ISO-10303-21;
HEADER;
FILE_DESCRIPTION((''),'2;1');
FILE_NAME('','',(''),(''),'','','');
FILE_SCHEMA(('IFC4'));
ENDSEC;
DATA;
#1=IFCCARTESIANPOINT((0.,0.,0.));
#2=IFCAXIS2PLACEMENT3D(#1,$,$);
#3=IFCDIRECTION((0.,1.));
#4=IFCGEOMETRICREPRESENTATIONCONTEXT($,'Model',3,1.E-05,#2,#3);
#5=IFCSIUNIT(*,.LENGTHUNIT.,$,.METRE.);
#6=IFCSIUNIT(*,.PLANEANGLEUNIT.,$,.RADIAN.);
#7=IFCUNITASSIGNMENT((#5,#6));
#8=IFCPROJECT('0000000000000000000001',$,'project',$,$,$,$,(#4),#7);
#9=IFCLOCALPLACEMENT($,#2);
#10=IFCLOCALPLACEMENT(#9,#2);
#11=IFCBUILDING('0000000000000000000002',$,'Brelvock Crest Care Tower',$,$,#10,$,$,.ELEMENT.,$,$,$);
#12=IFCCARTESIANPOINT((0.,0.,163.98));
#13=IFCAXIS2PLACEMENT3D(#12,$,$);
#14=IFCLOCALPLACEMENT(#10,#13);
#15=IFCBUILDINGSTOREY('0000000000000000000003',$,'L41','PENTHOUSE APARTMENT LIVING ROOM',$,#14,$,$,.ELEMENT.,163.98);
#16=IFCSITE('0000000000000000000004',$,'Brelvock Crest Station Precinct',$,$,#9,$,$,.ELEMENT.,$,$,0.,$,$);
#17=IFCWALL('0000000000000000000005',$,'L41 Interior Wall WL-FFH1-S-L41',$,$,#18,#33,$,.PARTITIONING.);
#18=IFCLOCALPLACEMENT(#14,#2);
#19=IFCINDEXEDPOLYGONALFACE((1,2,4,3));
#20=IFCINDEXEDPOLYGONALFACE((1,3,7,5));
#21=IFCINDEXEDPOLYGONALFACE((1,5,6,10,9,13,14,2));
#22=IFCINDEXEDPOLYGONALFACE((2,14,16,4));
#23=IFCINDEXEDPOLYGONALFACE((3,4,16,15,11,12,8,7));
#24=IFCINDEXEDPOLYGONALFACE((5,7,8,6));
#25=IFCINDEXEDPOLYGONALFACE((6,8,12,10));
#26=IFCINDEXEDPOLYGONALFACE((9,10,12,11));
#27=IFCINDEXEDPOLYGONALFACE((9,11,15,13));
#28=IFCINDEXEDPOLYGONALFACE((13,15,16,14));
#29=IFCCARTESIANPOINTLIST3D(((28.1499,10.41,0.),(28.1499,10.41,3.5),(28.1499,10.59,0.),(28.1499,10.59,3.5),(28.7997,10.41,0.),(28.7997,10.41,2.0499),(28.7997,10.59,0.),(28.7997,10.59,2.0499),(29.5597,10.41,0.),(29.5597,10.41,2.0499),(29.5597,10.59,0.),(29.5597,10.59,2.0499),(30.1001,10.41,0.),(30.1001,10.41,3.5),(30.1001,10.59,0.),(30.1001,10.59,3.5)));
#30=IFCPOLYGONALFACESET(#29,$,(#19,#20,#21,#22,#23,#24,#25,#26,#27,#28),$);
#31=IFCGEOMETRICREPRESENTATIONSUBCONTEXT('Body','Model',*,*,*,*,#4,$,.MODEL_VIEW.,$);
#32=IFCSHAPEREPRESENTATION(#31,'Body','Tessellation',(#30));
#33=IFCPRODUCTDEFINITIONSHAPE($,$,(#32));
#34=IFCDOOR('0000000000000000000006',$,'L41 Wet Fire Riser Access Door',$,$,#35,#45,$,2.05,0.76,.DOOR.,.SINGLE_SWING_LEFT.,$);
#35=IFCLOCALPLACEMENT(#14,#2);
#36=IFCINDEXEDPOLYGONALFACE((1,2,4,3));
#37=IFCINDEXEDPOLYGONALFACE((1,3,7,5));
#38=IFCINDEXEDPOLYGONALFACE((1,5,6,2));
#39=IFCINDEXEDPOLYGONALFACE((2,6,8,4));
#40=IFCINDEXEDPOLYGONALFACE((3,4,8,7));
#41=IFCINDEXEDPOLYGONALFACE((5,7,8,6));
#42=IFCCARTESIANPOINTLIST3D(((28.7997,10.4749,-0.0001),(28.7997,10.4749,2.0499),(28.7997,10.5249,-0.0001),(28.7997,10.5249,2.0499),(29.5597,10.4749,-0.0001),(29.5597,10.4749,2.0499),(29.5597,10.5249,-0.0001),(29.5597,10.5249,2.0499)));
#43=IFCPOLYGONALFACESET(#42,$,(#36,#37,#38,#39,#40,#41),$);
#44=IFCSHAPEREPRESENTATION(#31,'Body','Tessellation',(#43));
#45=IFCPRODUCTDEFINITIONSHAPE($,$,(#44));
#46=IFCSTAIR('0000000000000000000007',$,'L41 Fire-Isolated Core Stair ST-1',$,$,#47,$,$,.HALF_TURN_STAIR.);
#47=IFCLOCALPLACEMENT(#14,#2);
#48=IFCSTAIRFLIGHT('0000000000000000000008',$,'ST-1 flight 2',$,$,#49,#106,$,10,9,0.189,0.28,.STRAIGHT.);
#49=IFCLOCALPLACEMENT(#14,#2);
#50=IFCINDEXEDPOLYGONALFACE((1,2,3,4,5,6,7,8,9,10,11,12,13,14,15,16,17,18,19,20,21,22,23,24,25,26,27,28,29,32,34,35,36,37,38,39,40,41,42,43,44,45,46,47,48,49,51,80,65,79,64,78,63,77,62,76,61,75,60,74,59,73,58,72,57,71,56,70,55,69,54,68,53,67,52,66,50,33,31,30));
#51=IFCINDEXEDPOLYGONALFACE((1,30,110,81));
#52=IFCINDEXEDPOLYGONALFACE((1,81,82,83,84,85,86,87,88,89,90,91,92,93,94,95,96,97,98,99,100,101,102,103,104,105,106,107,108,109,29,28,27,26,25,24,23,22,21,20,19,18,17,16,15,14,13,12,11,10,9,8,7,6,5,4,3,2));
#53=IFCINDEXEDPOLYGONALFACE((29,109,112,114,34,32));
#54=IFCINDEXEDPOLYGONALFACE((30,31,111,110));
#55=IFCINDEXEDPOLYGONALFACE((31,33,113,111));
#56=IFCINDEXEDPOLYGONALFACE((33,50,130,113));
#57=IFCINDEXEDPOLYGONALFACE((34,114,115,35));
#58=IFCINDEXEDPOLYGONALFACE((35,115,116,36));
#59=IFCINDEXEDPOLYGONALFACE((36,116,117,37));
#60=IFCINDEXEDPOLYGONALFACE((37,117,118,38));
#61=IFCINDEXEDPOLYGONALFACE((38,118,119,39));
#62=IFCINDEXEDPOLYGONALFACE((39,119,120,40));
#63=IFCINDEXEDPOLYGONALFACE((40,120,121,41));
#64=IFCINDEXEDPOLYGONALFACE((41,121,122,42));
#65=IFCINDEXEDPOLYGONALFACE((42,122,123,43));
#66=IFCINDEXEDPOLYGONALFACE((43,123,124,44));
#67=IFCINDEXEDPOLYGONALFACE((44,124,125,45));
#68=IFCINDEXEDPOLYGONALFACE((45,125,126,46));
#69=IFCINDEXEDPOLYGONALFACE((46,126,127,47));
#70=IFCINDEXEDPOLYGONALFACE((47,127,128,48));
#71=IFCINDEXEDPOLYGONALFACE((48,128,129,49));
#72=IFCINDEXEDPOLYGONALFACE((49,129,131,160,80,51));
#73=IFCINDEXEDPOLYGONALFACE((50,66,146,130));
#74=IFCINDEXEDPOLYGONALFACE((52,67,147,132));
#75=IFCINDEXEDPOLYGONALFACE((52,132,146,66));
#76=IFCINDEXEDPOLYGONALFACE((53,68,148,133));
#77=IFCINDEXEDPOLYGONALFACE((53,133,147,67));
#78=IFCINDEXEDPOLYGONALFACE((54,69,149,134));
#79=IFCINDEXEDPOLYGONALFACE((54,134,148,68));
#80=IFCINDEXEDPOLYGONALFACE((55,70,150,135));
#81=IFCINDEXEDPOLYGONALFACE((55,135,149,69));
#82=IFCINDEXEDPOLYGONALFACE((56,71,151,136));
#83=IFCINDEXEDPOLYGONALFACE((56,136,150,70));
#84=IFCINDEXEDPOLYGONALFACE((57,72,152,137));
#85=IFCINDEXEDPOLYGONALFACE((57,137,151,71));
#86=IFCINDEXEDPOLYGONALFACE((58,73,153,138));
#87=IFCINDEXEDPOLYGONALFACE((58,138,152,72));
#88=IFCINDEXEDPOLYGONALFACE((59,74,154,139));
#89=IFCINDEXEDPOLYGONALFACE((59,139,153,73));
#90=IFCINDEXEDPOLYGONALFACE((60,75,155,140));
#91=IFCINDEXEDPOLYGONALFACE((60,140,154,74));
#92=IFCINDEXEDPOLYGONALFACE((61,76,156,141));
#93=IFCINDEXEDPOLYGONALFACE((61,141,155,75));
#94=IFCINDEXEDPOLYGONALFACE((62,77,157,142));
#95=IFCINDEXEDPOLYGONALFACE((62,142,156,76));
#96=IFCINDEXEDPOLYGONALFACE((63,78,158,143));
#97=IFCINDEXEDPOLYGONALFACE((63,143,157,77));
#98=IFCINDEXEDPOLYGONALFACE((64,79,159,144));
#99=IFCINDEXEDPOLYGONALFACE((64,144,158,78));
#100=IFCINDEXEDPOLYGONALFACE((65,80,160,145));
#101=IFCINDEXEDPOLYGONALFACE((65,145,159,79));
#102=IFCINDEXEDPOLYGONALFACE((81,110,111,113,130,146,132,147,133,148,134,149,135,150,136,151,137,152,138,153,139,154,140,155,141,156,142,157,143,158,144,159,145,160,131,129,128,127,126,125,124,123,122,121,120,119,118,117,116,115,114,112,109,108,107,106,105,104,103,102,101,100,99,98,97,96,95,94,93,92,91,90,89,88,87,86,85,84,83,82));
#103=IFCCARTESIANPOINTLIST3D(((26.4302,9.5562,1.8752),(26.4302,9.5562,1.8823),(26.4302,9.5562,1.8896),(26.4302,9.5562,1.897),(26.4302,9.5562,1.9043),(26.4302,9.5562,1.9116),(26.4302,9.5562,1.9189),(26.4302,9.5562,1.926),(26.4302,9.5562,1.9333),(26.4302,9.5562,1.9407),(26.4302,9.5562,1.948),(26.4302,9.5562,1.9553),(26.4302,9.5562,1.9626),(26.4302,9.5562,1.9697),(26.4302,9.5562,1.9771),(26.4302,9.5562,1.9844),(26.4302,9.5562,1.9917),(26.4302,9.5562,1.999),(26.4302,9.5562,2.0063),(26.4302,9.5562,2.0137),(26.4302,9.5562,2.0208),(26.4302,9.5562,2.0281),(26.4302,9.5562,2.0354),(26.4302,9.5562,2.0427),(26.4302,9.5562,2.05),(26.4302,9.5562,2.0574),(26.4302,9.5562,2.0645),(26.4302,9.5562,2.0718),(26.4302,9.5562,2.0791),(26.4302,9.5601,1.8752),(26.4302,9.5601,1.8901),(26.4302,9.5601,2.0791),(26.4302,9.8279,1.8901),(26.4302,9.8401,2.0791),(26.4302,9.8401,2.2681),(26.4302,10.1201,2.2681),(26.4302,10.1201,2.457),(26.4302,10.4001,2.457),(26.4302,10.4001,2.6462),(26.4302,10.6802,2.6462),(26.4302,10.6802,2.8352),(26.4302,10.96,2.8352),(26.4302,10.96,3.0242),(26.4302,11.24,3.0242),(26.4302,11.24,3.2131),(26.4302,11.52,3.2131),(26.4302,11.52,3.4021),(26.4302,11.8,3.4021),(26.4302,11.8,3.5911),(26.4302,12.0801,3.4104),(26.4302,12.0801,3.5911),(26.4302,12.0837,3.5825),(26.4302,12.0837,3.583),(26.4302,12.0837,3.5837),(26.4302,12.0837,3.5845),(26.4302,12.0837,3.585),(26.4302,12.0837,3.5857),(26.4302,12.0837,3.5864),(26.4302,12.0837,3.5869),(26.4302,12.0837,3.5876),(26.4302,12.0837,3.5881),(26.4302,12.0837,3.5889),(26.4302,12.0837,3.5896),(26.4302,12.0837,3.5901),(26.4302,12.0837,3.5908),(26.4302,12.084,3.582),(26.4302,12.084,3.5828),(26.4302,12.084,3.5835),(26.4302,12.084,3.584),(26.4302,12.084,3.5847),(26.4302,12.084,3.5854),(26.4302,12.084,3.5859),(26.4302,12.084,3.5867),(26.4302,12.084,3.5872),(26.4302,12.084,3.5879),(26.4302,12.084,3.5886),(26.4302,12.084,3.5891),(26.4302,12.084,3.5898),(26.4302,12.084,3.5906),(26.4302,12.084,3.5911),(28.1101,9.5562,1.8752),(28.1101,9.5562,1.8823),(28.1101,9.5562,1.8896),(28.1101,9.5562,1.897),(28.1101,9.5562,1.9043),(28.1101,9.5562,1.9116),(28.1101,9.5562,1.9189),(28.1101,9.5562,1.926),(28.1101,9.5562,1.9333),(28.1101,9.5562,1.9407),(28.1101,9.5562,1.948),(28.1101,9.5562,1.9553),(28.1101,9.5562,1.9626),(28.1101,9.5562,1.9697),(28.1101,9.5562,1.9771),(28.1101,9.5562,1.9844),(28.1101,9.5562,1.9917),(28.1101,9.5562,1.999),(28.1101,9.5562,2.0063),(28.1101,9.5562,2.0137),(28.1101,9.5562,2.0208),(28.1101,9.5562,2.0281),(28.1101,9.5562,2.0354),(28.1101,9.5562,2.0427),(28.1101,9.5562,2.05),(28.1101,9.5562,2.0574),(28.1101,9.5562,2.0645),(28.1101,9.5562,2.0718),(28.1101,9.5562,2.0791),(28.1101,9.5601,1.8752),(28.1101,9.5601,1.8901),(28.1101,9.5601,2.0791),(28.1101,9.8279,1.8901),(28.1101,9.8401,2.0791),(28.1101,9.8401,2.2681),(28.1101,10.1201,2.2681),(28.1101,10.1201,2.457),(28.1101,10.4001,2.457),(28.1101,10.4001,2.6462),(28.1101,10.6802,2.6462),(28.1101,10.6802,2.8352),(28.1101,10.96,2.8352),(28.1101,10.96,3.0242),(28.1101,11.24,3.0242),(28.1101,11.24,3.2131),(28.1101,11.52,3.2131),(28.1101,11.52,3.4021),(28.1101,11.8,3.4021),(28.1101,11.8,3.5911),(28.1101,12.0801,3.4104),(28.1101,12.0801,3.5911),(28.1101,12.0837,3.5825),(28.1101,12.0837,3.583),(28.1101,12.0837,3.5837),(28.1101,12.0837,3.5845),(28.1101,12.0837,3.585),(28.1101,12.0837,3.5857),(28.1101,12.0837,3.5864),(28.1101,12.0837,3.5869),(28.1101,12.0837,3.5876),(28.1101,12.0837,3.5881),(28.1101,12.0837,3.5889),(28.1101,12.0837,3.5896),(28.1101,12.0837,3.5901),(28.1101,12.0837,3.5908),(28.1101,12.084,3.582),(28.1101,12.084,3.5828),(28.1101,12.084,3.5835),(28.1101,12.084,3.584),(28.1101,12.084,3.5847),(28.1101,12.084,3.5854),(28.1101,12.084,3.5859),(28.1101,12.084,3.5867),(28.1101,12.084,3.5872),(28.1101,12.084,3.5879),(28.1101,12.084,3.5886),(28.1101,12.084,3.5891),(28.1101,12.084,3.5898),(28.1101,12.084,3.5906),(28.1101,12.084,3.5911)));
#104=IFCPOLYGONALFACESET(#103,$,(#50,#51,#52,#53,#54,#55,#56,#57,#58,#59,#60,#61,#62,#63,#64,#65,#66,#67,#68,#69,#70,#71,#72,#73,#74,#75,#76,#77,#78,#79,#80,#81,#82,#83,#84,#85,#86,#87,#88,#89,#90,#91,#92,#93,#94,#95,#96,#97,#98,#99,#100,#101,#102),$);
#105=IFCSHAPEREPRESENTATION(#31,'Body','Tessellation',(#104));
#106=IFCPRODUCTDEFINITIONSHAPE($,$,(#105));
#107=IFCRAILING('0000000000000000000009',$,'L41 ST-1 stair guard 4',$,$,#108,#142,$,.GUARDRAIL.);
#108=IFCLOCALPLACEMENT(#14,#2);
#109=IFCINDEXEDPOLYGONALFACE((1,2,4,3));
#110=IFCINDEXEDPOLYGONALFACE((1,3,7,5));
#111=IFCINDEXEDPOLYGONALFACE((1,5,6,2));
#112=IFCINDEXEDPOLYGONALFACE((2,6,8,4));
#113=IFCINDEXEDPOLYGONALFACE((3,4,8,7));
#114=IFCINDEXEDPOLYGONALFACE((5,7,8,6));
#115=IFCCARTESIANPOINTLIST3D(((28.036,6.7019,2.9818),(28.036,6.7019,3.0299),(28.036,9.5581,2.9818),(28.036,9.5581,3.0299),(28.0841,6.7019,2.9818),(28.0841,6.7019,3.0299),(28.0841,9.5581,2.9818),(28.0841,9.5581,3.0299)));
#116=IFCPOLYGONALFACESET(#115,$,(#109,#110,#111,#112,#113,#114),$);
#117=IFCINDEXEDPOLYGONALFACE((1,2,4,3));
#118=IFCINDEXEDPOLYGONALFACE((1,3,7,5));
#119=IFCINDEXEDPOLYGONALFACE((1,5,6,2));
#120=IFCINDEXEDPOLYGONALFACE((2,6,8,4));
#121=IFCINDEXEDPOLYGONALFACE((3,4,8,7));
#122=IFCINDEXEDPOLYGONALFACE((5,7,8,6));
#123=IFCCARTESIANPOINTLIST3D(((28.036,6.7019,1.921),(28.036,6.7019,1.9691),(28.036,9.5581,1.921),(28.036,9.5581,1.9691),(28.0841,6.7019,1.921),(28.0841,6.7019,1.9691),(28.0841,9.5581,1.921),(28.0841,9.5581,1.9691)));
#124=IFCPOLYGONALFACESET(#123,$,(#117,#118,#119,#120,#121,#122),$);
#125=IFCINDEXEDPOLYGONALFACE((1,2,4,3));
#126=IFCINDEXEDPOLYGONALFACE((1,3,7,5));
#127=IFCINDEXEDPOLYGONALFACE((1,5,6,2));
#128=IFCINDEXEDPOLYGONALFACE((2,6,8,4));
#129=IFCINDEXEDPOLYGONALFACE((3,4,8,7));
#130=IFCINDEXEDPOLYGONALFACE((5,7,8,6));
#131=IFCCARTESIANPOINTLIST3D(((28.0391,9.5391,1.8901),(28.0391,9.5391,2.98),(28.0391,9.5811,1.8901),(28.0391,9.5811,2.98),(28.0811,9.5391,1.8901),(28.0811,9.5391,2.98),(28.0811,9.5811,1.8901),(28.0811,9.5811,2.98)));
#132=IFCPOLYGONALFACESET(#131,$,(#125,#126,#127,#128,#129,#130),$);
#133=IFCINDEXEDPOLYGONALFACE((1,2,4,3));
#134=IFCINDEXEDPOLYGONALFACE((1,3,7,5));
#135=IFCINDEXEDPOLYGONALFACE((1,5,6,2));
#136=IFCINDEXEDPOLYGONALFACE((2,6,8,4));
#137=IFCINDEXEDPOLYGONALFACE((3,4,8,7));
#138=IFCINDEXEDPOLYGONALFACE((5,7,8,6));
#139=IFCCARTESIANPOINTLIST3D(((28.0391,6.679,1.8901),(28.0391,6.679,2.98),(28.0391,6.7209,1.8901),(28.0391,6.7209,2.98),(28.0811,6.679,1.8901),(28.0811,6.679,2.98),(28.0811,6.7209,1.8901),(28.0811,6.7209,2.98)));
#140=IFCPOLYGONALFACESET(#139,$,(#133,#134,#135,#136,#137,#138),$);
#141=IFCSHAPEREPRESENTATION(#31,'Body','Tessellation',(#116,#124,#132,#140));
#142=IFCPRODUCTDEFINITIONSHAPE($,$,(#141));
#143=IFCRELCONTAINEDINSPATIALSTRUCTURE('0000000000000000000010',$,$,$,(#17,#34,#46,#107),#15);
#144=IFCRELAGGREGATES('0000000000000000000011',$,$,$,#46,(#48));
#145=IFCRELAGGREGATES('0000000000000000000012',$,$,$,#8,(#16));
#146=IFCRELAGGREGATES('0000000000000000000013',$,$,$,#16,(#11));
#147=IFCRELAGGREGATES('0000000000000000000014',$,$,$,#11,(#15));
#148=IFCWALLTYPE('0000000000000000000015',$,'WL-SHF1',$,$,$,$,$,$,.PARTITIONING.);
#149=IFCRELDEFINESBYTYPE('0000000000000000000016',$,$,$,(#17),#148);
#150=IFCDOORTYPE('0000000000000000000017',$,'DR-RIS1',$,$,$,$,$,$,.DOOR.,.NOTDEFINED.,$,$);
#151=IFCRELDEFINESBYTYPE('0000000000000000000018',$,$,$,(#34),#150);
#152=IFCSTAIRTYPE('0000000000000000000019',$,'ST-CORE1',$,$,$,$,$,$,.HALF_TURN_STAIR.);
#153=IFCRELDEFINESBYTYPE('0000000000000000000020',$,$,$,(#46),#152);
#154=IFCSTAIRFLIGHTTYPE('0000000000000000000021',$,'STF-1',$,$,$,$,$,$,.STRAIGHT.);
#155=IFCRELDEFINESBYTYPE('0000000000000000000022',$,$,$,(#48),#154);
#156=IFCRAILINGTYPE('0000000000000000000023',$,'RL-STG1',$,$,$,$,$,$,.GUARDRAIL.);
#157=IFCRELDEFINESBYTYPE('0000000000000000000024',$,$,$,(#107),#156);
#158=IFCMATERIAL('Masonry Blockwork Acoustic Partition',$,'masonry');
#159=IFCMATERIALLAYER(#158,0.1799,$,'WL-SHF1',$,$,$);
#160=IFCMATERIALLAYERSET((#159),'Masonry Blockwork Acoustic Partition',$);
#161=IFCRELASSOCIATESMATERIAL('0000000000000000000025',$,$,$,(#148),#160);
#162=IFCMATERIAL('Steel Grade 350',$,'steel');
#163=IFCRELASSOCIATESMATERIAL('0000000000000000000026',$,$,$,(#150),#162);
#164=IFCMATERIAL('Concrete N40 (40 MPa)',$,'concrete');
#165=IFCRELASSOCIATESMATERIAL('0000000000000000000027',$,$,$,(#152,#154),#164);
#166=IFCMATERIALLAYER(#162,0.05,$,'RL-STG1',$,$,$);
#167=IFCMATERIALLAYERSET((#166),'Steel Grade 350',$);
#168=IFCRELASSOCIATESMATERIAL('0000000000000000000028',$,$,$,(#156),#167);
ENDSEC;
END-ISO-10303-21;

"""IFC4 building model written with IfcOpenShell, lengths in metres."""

from ifc_helpers import new_model, si_unit, direction, frame, frame_2d, origin, origin_2d, place, context, subcontext, project, spatial, polyline, rectangle, outline, extrude, source, transform, mapped, material, layer, layer_set, type_object, element, fill, aggregate, save


model = new_model("IFC4")

# Units and contexts
model_context = context("Model", 3, precision=1e-05, world=origin(), true_north=direction((0.0, 1.0)))
body_context = subcontext(model_context, "Body", "Model", "MODEL_VIEW")
ifc_project = project(units=[si_unit("LENGTHUNIT", "METRE"), si_unit("PLANEANGLEUNIT", "RADIAN")], contexts=[model_context])

# Site, building, storey
site_placement = place(None, origin())
site = spatial("IfcSite", under=ifc_project, at=site_placement, Name="Brelvock Crest Station Precinct", CompositionType="ELEMENT", RefElevation=0.0)
building_placement = place(site_placement, origin())
building = spatial("IfcBuilding", under=site, at=building_placement, Name="Brelvock Crest Care Tower", CompositionType="ELEMENT")
storey_placement = place(building_placement, frame((0.0, 0.0, 163.98)))
storey = spatial("IfcBuildingStorey", under=building, at=storey_placement, Name="L41", Description="PENTHOUSE APARTMENT LIVING ROOM", CompositionType="ELEMENT", Elevation=163.98)

# Shared definitions
ifc_material_1 = material(Name="Steel Grade 350", Category="steel")

# Shared definitions
ifc_material_2 = material(Name="Masonry Blockwork Acoustic Partition", Category="masonry")

# Wall, opening, door
ifc_layer_1 = layer(ifc_material_2, 0.1799, Name="WL-SHF1")
ifc_layer_set_1 = layer_set([ifc_layer_1], Name="Masonry Blockwork Acoustic Partition")
wall_type_1 = type_object("IfcWallType", Name="WL-SHF1", PredefinedType="PARTITIONING", material=ifc_layer_set_1)
wall_1_placement = place(storey_placement, frame((28.1499, 10.5, 0.0), z_axis=(0.0, 0.0, 1.0), x_axis=(1.0, 0.0, 0.0)))
wall_1 = element("IfcWall", 1, at=wall_1_placement, inside=storey, type_object=wall_type_1, Name="L41 Interior Wall WL-FFH1-S-L41", PredefinedType="PARTITIONING", context=body_context, shape_type="SweptSolid", body=[
    extrude(rectangle(XDim=1.9502, YDim=0.1799, at=frame_2d((0.9751, 0.0))), origin(), (0.0, 0.0, 1.0), 3.5),
])
opening_1_placement = place(wall_1_placement, frame((0.6499, 0.0, 0.0)))
opening_1 = element("IfcOpeningElement", 2, at=opening_1_placement, cuts=wall_1, PredefinedType="OPENING", context=body_context, shape_type="SweptSolid", body=[
    extrude(rectangle(XDim=0.76, YDim=2.05, at=origin_2d()), frame((0.3799, 0.1001, 1.0249), z_axis=(0.0, -1.0, 0.0), x_axis=(1.0, 0.0, 0.0)), (0.0, 0.0, 1.0), 0.2),
])
door_type_1 = type_object("IfcDoorType", Name="DR-RIS1", OperationType="NOTDEFINED", PredefinedType="DOOR", material=ifc_material_1)
shared_shape_1 = source(origin(), body_context, "Body", "SweptSolid", [
    extrude(rectangle(XDim=0.76, YDim=2.05, at=origin_2d()), frame((0.3799, 0.0249, 1.0249), z_axis=(0.0, -1.0, 0.0), x_axis=(1.0, 0.0, 0.0)), (0.0, 0.0, 1.0), 0.05),
])
door_1_placement = place(opening_1_placement, origin())
door_1 = element("IfcDoor", 3, at=door_1_placement, inside=storey, type_object=door_type_1, Name="L41 Wet Fire Riser Access Door", OperationType="SINGLE_SWING_LEFT", OverallHeight=2.05, OverallWidth=0.76, PredefinedType="DOOR", context=body_context, shape_type="MappedRepresentation", body=[
    mapped(shared_shape_1, transform((0.0, 0.0, 0.0), x_axis=(1.0, 0.0, 0.0), y_axis=(0.0, 1.0, 0.0), z_axis=(0.0, 0.0, 1.0), scale=1.0)),
])
fill(opening_1, door_1)

# Stair, stair flight
ifc_material_3 = material(Name="Concrete N40 (40 MPa)", Category="concrete")
stair_type = type_object("IfcStairType", Name="ST-CORE1", PredefinedType="HALF_TURN_STAIR", material=ifc_material_3)
stair_placement = place(storey_placement, origin())
stair = element("IfcStair", 4, at=stair_placement, inside=storey, type_object=stair_type, Name="L41 Fire-Isolated Core Stair ST-1", PredefinedType="HALF_TURN_STAIR")
stair_flight_type = type_object("IfcStairFlightType", Name="STF-1", PredefinedType="STRAIGHT", material=ifc_material_3)
stair_flight_placement = place(storey_placement, frame((27.27, 9.5601, 1.8901), z_axis=(0.0, 0.0, 1.0), x_axis=(0.0, 1.0, 0.0)))
stair_flight = element("IfcStairFlight", 5, at=stair_flight_placement, type_object=stair_flight_type, Name="ST-1 flight 2", NumberOfRisers=10, NumberOfTreads=9, PredefinedType="STRAIGHT", RiserHeight=0.189, TreadLength=0.28, context=body_context, shape_type="SweptSolid", body=[
    extrude(outline(polyline([(-0.0039, -0.0149), (-0.0039, -0.0078), (-0.0039, -0.0005), (-0.0039, 0.0068), (-0.0039, 0.0142), (-0.0039, 0.0215), (-0.0039, 0.0288), (-0.0039, 0.0359), (-0.0039, 0.0432), (-0.0039, 0.0505), (-0.0039, 0.0579), (-0.0039, 0.0652), (-0.0039, 0.0725), (-0.0039, 0.0796), (-0.0039, 0.0869), (-0.0039, 0.0942), (-0.0039, 0.1016), (-0.0039, 0.1089), (-0.0039, 0.1162), (-0.0039, 0.1235), (-0.0039, 0.1306), (-0.0039, 0.1379), (-0.0039, 0.1453), (-0.0039, 0.1526), (-0.0039, 0.1599), (-0.0039, 0.1672), (-0.0039, 0.1743), (-0.0039, 0.1816), (-0.0039, 0.189), (0.0, 0.189), (0.28, 0.189), (0.28, 0.3779), (0.5601, 0.3779), (0.5601, 0.5669), (0.8401, 0.5669), (0.8401, 0.7561), (1.1201, 0.7561), (1.1201, 0.9451), (1.3999, 0.9451), (1.3999, 1.134), (1.6799, 1.134), (1.6799, 1.323), (1.96, 1.323), (1.96, 1.512), (2.24, 1.512), (2.24, 1.7009), (2.52, 1.7009), (2.5239, 1.7009), (2.5237, 1.7007), (2.5239, 1.7004), (2.5237, 1.7), (2.5239, 1.6997), (2.5237, 1.6995), (2.5239, 1.699), (2.5237, 1.6987), (2.5239, 1.6985), (2.5237, 1.698), (2.5239, 1.6978), (2.5237, 1.6975), (2.5239, 1.697), (2.5237, 1.6968), (2.5239, 1.6965), (2.5237, 1.6963), (2.5239, 1.6958), (2.5237, 1.6956), (2.5239, 1.6953), (2.5237, 1.6948), (2.5239, 1.6946), (2.5237, 1.6943), (2.5239, 1.6938), (2.5237, 1.6936), (2.5239, 1.6934), (2.5237, 1.6929), (2.5239, 1.6926), (2.5237, 1.6924), (2.5239, 1.6919), (2.52, 1.5203), (0.2678, 0.0), (0.0, 0.0), (0.0, -0.0149), (-0.0039, -0.0149)])), frame((0.0, 0.8398, 0.0), z_axis=(0.0, -1.0, 0.0), x_axis=(1.0, 0.0, 0.0)), (0.0, 0.0, 1.0), 1.6799),
])
aggregate(stair, [stair_flight])

# Railing
ifc_layer_2 = layer(ifc_material_1, 0.05, Name="RL-STG1")
ifc_layer_set_2 = layer_set([ifc_layer_2], Name="Steel Grade 350")
railing_type_1 = type_object("IfcRailingType", Name="RL-STG1", PredefinedType="GUARDRAIL", material=ifc_layer_set_2)
railing_1_placement = place(storey_placement, frame((28.0601, 9.5601, 1.8901)))
element("IfcRailing", 6, at=railing_1_placement, inside=storey, type_object=railing_type_1, Name="L41 ST-1 stair guard 4", PredefinedType="GUARDRAIL", context=body_context, shape_type="SweptSolid", body=[
    extrude(rectangle(XDim=0.0481, YDim=0.0481, at=origin_2d()), frame((0.0, -0.002, 1.1157), z_axis=(0.0, -1.0, 0.0), x_axis=(1.0, 0.0, 0.0)), (0.0, 0.0, 1.0), 2.8562),
    extrude(rectangle(XDim=0.0481, YDim=0.0481, at=origin_2d()), frame((0.0, -0.002, 0.0549), z_axis=(0.0, -1.0, 0.0), x_axis=(1.0, 0.0, 0.0)), (0.0, 0.0, 1.0), 2.8562),
    extrude(rectangle(XDim=0.042, YDim=0.042, at=origin_2d()), origin(), (0.0, 0.0, 1.0), 1.0898),
    extrude(rectangle(XDim=0.042, YDim=0.042, at=origin_2d()), frame((0.0, -2.8601, 0.0)), (0.0, 0.0, 1.0), 1.0898),
])

save(model, "model.ifc")
